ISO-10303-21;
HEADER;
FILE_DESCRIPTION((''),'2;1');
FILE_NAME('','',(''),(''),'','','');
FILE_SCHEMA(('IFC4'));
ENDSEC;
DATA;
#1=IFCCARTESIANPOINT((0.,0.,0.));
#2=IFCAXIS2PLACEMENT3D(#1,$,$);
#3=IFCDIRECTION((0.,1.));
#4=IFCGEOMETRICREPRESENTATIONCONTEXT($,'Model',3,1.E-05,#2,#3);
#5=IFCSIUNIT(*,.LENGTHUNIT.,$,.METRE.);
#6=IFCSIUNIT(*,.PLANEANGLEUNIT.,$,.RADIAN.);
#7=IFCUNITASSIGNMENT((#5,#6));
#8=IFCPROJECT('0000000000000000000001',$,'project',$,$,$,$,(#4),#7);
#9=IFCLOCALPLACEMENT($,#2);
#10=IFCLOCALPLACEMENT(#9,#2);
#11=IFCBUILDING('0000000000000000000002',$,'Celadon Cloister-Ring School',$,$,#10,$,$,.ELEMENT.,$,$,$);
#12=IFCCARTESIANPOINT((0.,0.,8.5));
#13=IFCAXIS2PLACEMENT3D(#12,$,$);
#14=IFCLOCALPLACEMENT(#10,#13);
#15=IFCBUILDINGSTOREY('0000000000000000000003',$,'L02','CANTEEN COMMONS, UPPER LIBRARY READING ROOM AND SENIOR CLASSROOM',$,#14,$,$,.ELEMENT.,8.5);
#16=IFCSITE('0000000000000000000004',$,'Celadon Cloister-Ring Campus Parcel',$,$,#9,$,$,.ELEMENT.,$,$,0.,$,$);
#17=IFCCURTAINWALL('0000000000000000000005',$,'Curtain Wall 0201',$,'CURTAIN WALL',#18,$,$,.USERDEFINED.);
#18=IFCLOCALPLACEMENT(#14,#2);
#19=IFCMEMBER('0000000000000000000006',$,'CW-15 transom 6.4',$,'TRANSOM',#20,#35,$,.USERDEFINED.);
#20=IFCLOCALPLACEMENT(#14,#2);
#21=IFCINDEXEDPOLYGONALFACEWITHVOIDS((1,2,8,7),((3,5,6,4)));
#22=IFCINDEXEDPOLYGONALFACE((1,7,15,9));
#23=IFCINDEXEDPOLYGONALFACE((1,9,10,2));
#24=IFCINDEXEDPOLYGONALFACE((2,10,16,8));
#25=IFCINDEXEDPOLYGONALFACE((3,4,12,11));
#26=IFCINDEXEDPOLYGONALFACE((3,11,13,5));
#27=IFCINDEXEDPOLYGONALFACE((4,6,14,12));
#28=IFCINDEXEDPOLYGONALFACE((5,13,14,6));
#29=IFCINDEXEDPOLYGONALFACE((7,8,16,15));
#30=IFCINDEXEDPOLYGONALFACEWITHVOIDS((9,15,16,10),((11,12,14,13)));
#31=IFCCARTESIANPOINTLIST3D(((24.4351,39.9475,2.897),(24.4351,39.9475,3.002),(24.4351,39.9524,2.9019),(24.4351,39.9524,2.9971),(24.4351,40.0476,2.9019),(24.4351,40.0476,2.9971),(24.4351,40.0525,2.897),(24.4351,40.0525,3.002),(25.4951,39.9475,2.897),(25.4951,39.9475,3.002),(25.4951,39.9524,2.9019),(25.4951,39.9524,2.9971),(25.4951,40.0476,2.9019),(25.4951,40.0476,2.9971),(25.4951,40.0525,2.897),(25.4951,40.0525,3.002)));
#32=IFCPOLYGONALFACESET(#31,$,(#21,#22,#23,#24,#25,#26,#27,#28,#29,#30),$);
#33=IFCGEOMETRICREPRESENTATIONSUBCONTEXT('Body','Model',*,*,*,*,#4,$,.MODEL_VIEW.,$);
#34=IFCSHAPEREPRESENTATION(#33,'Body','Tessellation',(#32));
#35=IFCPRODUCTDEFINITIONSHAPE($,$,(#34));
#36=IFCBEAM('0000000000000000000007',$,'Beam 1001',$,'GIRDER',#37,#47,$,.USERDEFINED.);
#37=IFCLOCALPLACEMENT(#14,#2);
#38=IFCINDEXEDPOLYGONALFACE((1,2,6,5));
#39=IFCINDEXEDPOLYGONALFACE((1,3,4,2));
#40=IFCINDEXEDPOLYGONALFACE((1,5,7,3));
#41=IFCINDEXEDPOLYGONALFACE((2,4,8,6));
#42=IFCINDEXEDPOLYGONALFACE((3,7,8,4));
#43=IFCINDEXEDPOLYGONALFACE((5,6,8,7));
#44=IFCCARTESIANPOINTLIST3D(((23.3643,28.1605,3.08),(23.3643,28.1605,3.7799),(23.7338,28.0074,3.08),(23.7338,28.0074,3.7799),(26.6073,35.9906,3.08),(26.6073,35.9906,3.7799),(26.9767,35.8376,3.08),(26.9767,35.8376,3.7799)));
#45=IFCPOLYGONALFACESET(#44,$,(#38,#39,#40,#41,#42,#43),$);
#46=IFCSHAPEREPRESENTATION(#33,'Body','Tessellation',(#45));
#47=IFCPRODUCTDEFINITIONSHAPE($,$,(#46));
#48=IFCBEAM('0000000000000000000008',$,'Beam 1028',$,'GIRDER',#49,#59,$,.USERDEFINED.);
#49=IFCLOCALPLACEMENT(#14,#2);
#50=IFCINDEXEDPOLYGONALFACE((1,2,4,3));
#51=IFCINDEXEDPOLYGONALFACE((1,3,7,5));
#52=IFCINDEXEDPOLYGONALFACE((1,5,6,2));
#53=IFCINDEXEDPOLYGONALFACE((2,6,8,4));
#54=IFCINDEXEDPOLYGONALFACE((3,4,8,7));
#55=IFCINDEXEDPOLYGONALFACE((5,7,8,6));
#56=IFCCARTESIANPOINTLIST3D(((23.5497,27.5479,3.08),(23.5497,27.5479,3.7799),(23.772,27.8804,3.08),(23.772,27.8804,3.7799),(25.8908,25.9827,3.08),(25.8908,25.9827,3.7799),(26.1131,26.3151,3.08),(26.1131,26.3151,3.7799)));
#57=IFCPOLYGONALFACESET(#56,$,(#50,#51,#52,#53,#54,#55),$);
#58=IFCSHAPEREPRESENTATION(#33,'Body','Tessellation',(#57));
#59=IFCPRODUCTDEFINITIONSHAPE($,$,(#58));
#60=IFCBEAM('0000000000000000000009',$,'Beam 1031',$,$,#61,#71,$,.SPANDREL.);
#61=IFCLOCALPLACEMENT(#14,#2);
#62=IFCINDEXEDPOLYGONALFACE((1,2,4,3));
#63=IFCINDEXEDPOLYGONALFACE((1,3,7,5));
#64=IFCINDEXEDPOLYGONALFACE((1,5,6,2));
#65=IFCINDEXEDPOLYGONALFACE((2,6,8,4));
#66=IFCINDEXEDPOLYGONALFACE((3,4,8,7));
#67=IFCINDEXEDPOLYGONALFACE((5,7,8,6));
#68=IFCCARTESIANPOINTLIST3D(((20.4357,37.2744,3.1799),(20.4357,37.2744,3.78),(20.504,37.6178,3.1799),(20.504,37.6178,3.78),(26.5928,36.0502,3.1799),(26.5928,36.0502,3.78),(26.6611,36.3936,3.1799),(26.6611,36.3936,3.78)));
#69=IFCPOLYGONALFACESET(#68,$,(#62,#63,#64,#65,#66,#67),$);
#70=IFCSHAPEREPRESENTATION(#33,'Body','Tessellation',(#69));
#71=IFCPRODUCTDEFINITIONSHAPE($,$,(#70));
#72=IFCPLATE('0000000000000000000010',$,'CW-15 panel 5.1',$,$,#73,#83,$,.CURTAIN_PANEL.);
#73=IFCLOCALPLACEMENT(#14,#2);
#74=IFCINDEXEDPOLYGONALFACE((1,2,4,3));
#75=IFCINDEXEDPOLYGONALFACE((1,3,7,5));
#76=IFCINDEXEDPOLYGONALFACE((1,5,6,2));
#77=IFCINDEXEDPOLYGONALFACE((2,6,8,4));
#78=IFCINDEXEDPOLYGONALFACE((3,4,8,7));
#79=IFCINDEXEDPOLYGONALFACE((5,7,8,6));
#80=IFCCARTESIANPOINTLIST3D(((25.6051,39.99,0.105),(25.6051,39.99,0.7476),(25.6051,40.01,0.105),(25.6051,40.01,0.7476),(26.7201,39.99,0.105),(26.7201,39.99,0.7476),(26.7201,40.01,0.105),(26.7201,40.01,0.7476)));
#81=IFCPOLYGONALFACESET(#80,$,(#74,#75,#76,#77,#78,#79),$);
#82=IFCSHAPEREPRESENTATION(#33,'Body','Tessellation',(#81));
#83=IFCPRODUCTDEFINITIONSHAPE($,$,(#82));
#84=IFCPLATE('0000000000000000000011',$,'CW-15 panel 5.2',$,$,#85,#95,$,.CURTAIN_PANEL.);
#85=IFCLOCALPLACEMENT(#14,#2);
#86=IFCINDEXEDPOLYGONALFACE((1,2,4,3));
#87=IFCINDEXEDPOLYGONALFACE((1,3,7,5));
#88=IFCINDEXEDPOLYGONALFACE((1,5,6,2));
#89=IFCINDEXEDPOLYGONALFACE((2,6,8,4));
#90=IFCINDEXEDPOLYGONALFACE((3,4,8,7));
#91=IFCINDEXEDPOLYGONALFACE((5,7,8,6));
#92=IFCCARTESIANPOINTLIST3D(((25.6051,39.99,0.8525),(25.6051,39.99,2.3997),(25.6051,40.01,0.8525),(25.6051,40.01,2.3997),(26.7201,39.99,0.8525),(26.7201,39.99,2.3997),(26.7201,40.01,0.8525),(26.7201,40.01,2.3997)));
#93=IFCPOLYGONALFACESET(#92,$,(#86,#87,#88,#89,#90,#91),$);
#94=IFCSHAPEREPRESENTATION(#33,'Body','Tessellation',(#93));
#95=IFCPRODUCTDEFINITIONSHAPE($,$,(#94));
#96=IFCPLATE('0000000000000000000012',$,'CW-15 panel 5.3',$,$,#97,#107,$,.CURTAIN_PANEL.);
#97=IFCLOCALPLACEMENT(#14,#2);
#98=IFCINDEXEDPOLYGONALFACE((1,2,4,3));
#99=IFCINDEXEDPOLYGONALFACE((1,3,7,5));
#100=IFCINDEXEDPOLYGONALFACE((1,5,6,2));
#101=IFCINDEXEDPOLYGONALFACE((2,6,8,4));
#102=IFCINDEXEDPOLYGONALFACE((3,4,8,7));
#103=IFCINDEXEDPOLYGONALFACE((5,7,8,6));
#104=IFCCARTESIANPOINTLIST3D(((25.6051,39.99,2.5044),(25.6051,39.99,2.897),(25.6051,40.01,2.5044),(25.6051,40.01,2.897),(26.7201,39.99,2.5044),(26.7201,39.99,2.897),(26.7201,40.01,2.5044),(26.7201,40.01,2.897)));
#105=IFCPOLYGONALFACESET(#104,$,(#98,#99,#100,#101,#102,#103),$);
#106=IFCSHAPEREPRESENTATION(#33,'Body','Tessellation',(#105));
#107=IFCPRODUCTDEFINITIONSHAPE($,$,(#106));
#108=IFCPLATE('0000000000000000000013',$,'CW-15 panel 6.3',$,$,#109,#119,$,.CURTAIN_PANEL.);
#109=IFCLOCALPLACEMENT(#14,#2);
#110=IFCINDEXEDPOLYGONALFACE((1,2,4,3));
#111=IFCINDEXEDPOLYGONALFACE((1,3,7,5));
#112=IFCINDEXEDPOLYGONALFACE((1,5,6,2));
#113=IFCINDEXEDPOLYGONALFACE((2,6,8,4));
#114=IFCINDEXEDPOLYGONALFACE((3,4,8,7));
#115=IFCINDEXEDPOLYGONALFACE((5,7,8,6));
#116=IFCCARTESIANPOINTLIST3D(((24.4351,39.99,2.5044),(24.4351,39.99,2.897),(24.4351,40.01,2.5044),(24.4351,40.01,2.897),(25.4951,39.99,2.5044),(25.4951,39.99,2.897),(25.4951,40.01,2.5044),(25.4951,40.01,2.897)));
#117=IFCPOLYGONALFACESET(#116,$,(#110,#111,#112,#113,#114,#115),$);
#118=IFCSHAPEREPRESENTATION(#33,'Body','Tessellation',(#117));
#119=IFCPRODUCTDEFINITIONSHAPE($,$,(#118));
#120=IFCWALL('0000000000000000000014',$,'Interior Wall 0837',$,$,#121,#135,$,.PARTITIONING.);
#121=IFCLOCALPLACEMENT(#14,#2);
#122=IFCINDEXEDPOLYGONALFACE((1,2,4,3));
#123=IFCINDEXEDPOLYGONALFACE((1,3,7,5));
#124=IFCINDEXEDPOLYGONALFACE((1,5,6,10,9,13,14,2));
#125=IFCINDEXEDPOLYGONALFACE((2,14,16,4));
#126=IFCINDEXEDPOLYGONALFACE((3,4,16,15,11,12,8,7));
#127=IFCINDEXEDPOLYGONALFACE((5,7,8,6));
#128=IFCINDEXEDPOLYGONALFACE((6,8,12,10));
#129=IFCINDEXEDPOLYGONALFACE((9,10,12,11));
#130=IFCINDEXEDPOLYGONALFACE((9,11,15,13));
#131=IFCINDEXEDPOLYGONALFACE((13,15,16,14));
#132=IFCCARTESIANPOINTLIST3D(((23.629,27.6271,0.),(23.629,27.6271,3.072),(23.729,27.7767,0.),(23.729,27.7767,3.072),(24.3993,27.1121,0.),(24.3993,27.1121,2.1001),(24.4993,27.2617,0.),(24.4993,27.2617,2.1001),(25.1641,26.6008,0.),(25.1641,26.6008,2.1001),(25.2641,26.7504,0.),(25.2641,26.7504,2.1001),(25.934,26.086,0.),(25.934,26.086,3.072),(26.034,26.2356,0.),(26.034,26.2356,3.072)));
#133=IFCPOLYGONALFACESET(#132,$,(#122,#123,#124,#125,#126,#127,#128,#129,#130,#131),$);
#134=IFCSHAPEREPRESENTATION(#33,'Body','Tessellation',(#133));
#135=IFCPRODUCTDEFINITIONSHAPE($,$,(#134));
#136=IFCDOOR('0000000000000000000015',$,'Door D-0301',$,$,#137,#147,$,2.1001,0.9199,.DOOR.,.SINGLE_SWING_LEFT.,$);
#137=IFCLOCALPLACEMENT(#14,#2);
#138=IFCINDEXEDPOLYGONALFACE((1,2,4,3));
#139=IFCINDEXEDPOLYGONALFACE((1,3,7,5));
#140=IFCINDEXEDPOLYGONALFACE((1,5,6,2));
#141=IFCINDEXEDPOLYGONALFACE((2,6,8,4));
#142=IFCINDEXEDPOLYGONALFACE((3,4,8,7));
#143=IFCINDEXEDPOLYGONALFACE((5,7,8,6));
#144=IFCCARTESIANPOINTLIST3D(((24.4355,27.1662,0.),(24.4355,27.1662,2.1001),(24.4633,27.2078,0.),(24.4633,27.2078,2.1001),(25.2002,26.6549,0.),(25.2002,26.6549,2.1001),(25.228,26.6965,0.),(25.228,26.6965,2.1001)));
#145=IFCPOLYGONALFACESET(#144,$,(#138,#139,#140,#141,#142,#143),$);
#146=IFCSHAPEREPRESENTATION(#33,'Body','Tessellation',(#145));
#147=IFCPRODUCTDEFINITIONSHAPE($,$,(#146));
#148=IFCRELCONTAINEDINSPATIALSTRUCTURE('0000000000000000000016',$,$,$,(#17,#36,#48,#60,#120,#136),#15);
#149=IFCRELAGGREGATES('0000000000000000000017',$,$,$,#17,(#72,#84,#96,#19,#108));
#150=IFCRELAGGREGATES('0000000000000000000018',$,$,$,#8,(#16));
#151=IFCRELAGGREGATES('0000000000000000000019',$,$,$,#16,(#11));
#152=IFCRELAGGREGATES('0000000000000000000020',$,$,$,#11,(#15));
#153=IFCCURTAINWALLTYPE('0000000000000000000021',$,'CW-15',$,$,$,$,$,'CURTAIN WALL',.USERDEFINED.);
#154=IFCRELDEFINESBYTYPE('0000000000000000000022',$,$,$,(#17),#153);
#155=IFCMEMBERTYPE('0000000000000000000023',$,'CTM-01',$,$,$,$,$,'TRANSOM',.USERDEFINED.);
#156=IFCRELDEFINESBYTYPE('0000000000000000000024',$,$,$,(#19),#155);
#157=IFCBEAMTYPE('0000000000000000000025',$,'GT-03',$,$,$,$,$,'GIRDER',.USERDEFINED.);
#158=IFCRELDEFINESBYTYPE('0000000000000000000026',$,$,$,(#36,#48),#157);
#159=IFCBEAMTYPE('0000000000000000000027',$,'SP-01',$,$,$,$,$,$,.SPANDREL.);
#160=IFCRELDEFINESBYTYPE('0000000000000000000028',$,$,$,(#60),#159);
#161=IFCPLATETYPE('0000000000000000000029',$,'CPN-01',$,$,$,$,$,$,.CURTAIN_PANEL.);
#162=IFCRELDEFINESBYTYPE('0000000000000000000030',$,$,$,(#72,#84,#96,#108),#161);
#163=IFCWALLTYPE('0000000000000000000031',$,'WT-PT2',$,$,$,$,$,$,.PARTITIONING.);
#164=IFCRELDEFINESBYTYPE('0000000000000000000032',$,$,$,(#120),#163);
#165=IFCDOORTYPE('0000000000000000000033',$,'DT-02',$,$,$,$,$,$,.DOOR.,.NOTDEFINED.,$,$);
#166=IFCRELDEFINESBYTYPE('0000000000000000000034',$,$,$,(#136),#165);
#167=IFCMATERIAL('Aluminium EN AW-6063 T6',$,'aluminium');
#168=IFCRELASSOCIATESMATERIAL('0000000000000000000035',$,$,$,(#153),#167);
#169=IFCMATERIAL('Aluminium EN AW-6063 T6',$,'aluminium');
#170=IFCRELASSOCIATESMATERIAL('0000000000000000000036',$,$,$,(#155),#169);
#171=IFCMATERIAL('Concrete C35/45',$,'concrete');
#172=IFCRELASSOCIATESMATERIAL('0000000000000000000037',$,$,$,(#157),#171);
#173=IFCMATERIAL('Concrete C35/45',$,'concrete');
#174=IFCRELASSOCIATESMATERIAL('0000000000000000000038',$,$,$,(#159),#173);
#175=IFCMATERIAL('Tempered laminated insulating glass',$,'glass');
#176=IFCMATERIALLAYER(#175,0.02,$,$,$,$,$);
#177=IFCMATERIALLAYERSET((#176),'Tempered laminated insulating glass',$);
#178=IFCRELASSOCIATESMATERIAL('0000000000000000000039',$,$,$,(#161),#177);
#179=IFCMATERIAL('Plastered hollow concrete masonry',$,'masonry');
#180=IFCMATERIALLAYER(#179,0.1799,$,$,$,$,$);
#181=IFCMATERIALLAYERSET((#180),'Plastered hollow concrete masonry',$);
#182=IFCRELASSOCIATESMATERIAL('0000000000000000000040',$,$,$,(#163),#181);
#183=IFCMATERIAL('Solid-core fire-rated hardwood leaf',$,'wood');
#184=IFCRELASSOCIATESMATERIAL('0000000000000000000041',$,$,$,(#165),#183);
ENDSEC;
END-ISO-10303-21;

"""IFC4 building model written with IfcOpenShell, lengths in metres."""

from ifc_helpers import new_model, si_unit, direction, frame, frame_2d, origin, origin_2d, place, context, subcontext, project, spatial, rectangle, hollow_rectangle, extrude, material, layer, layer_set, material_profile, profile_set, type_object, element, fill, aggregate, save


model = new_model("IFC4")

# Units and contexts
model_context = context("Model", 3, precision=1e-05, world=origin(), true_north=direction((0.0, 1.0)))
body_context = subcontext(model_context, "Body", "Model", "MODEL_VIEW")
ifc_project = project(units=[si_unit("LENGTHUNIT", "METRE"), si_unit("PLANEANGLEUNIT", "RADIAN")], contexts=[model_context])

# Site, building, storey
site_placement = place(None, origin())
site = spatial("IfcSite", under=ifc_project, at=site_placement, Name="Celadon Cloister-Ring Campus Parcel", CompositionType="ELEMENT", RefElevation=0.0)
building_placement = place(site_placement, origin())
building = spatial("IfcBuilding", under=site, at=building_placement, Name="Celadon Cloister-Ring School", CompositionType="ELEMENT")
storey_placement = place(building_placement, frame((0.0, 0.0, 8.5)))
storey = spatial("IfcBuildingStorey", under=building, at=storey_placement, Name="L02", Description="CANTEEN COMMONS, UPPER LIBRARY READING ROOM AND SENIOR CLASSROOM", CompositionType="ELEMENT", Elevation=8.5)

# Curtain wall, member
ifc_material_1 = material(Name="Aluminium EN AW-6063 T6", Category="aluminium")
curtain_wall_type = type_object("IfcCurtainWallType", Name="CW-15", ElementType="CURTAIN WALL", PredefinedType="USERDEFINED", material=ifc_material_1)
curtain_wall_placement = place(storey_placement, origin())
curtain_wall = element("IfcCurtainWall", 1, at=curtain_wall_placement, inside=storey, type_object=curtain_wall_type, Name="Curtain Wall 0201", ObjectType="CURTAIN WALL", PredefinedType="USERDEFINED")
ifc_material_2 = material(Name="Aluminium EN AW-6063 T6", Category="aluminium")
ifc_material_profile_1 = material_profile(ifc_material_2, hollow_rectangle(XDim=0.105, YDim=0.105, WallThickness=0.0049, at=origin_2d()), Name="RHS105X105X5")
ifc_profile_set_1 = profile_set([ifc_material_profile_1], Name="Aluminium EN AW-6063 T6")
member_type_1 = type_object("IfcMemberType", Name="CTM-01", ElementType="TRANSOM", PredefinedType="USERDEFINED", material=ifc_profile_set_1)
member_1_placement = place(storey_placement, frame((25.4951, 40.0, 2.9495), z_axis=(-1.0, 0.0, 0.0), x_axis=(0.0, -1.0, 0.0)))
member_1 = element("IfcMember", 2, at=member_1_placement, type_object=member_type_1, Name="CW-15 transom 6.4", ObjectType="TRANSOM", PredefinedType="USERDEFINED", context=body_context, shape_type="SweptSolid", body=[
    extrude(hollow_rectangle(XDim=0.105, YDim=0.105, WallThickness=0.0049, at=origin_2d()), origin(), (0.0, 0.0, 1.0), 1.0601),
])

# Beams
ifc_material_3 = material(Name="Concrete C35/45", Category="concrete")
ifc_material_profile_2 = material_profile(ifc_material_3, rectangle(XDim=0.3999, YDim=0.7, at=origin_2d()), Name="RC400X700")
ifc_profile_set_2 = profile_set([ifc_material_profile_2], Name="Concrete C35/45")
beam_type_1 = type_object("IfcBeamType", Name="GT-03", ElementType="GIRDER", PredefinedType="USERDEFINED", material=ifc_profile_set_2)
beam_1_placement = place(storey_placement, frame((26.792, 35.9141, 3.4299), z_axis=(-0.382643, -0.923896, 0.0), x_axis=(0.923896, -0.382643, 0.0)))
element("IfcBeam", 3, at=beam_1_placement, inside=storey, type_object=beam_type_1, Name="Beam 1001", ObjectType="GIRDER", PredefinedType="USERDEFINED", context=body_context, shape_type="SweptSolid", body=[
    extrude(rectangle(XDim=0.3999, YDim=0.7, at=origin_2d()), origin(), (0.0, 0.0, 1.0), 8.4751),
])
beam_2_placement = place(storey_placement, frame((26.002, 26.1489, 3.4299), z_axis=(-0.831316, 0.5558, 0.0), x_axis=(-0.5558, -0.831316, 0.0)))
element("IfcBeam", 4, at=beam_2_placement, inside=storey, type_object=beam_type_1, Name="Beam 1028", ObjectType="GIRDER", PredefinedType="USERDEFINED", context=body_context, shape_type="SweptSolid", body=[
    extrude(rectangle(XDim=0.3999, YDim=0.7, at=origin_2d()), origin(), (0.0, 0.0, 1.0), 2.8162),
])
ifc_material_4 = material(Name="Concrete C35/45", Category="concrete")
ifc_material_profile_3 = material_profile(ifc_material_4, rectangle(XDim=0.3501, YDim=0.6001, at=origin_2d()), Name="RC350X600")
ifc_profile_set_3 = profile_set([ifc_material_profile_3], Name="Concrete C35/45")
beam_type_2 = type_object("IfcBeamType", Name="SP-01", PredefinedType="SPANDREL", material=ifc_profile_set_3)
beam_3_placement = place(storey_placement, frame((26.627, 36.2219, 3.48), z_axis=(-0.980803, 0.195002, 0.0), x_axis=(-0.195002, -0.980803, 0.0)))
element("IfcBeam", 5, at=beam_3_placement, inside=storey, type_object=beam_type_2, Name="Beam 1031", PredefinedType="SPANDREL", context=body_context, shape_type="SweptSolid", body=[
    extrude(rectangle(XDim=0.3501, YDim=0.6001, at=origin_2d()), origin(), (0.0, 0.0, 1.0), 6.2776),
])

# Plates
ifc_material_5 = material(Name="Tempered laminated insulating glass", Category="glass")
ifc_layer_1 = layer(ifc_material_5, 0.02)
ifc_layer_set_1 = layer_set([ifc_layer_1], Name="Tempered laminated insulating glass")
plate_type = type_object("IfcPlateType", Name="CPN-01", PredefinedType="CURTAIN_PANEL", material=ifc_layer_set_1)
plate_1_placement = place(storey_placement, frame((26.1626, 40.0, 0.105), z_axis=(0.0, 0.0, 1.0), x_axis=(-1.0, 0.0, 0.0)))
plate_1 = element("IfcPlate", 6, at=plate_1_placement, type_object=plate_type, Name="CW-15 panel 5.1", PredefinedType="CURTAIN_PANEL", context=body_context, shape_type="SweptSolid", body=[
    extrude(rectangle(XDim=1.115, YDim=0.02, at=origin_2d()), origin(), (0.0, 0.0, 1.0), 0.6426),
])
plate_2_placement = place(storey_placement, frame((26.1626, 40.0, 0.8525), z_axis=(0.0, 0.0, 1.0), x_axis=(-1.0, 0.0, 0.0)))
plate_2 = element("IfcPlate", 7, at=plate_2_placement, type_object=plate_type, Name="CW-15 panel 5.2", PredefinedType="CURTAIN_PANEL", context=body_context, shape_type="SweptSolid", body=[
    extrude(rectangle(XDim=1.115, YDim=0.02, at=origin_2d()), origin(), (0.0, 0.0, 1.0), 1.5471),
])
plate_3_placement = place(storey_placement, frame((26.1626, 40.0, 2.5044), z_axis=(0.0, 0.0, 1.0), x_axis=(-1.0, 0.0, 0.0)))
plate_3 = element("IfcPlate", 8, at=plate_3_placement, type_object=plate_type, Name="CW-15 panel 5.3", PredefinedType="CURTAIN_PANEL", context=body_context, shape_type="SweptSolid", body=[
    extrude(rectangle(XDim=1.115, YDim=0.02, at=origin_2d()), origin(), (0.0, 0.0, 1.0), 0.3926),
])
plate_4_placement = place(storey_placement, frame((24.9651, 40.0, 2.5044), z_axis=(0.0, 0.0, 1.0), x_axis=(-1.0, 0.0, 0.0)))
plate_4 = element("IfcPlate", 9, at=plate_4_placement, type_object=plate_type, Name="CW-15 panel 6.3", PredefinedType="CURTAIN_PANEL", context=body_context, shape_type="SweptSolid", body=[
    extrude(rectangle(XDim=1.0601, YDim=0.02, at=origin_2d()), origin(), (0.0, 0.0, 1.0), 0.3926),
])
aggregate(curtain_wall, [plate_1, plate_2, plate_3, member_1, plate_4])

# Wall, opening, door
ifc_material_6 = material(Name="Plastered hollow concrete masonry", Category="masonry")
ifc_layer_2 = layer(ifc_material_6, 0.1799)
ifc_layer_set_2 = layer_set([ifc_layer_2], Name="Plastered hollow concrete masonry")
wall_type = type_object("IfcWallType", Name="WT-PT2", PredefinedType="PARTITIONING", material=ifc_layer_set_2)
wall_placement = place(storey_placement, frame((25.9839, 26.1609, 0.0), z_axis=(0.0, 0.0, 1.0), x_axis=(-0.831318, 0.555797, 0.0)))
wall = element("IfcWall", 10, at=wall_placement, inside=storey, type_object=wall_type, Name="Interior Wall 0837", PredefinedType="PARTITIONING", context=body_context, shape_type="SweptSolid", body=[
    extrude(rectangle(XDim=2.7727, YDim=0.1799, at=frame_2d((1.3862, 0.0))), origin(), (0.0, 0.0, 1.0), 3.072),
])
opening_placement = place(wall_placement, frame((0.926, 0.0, 0.0)))
opening = element("IfcOpeningElement", 11, at=opening_placement, cuts=wall, PredefinedType="OPENING", context=body_context, shape_type="SweptSolid", body=[
    extrude(rectangle(XDim=0.9199, YDim=2.1001, at=frame_2d((0.46, 1.05))), frame((0.0, 0.1001, 0.0), z_axis=(0.0, -1.0, 0.0), x_axis=(1.0, 0.0, 0.0)), (0.0, 0.0, 1.0), 0.2),
])
ifc_material_7 = material(Name="Solid-core fire-rated hardwood leaf", Category="wood")
door_type = type_object("IfcDoorType", Name="DT-02", OperationType="NOTDEFINED", PredefinedType="DOOR", material=ifc_material_7)
door_placement = place(opening_placement, origin())
door = element("IfcDoor", 12, at=door_placement, inside=storey, type_object=door_type, Name="Door D-0301", OperationType="SINGLE_SWING_LEFT", OverallHeight=2.1001, OverallWidth=0.9199, PredefinedType="DOOR", context=body_context, shape_type="SweptSolid", body=[
    extrude(rectangle(XDim=0.9199, YDim=2.1001, at=frame_2d((0.46, 1.05))), frame((0.0, 0.0249, 0.0), z_axis=(0.0, -1.0, 0.0), x_axis=(1.0, 0.0, 0.0)), (0.0, 0.0, 1.0), 0.05),
])
fill(opening, door)

save(model, "model.ifc")
